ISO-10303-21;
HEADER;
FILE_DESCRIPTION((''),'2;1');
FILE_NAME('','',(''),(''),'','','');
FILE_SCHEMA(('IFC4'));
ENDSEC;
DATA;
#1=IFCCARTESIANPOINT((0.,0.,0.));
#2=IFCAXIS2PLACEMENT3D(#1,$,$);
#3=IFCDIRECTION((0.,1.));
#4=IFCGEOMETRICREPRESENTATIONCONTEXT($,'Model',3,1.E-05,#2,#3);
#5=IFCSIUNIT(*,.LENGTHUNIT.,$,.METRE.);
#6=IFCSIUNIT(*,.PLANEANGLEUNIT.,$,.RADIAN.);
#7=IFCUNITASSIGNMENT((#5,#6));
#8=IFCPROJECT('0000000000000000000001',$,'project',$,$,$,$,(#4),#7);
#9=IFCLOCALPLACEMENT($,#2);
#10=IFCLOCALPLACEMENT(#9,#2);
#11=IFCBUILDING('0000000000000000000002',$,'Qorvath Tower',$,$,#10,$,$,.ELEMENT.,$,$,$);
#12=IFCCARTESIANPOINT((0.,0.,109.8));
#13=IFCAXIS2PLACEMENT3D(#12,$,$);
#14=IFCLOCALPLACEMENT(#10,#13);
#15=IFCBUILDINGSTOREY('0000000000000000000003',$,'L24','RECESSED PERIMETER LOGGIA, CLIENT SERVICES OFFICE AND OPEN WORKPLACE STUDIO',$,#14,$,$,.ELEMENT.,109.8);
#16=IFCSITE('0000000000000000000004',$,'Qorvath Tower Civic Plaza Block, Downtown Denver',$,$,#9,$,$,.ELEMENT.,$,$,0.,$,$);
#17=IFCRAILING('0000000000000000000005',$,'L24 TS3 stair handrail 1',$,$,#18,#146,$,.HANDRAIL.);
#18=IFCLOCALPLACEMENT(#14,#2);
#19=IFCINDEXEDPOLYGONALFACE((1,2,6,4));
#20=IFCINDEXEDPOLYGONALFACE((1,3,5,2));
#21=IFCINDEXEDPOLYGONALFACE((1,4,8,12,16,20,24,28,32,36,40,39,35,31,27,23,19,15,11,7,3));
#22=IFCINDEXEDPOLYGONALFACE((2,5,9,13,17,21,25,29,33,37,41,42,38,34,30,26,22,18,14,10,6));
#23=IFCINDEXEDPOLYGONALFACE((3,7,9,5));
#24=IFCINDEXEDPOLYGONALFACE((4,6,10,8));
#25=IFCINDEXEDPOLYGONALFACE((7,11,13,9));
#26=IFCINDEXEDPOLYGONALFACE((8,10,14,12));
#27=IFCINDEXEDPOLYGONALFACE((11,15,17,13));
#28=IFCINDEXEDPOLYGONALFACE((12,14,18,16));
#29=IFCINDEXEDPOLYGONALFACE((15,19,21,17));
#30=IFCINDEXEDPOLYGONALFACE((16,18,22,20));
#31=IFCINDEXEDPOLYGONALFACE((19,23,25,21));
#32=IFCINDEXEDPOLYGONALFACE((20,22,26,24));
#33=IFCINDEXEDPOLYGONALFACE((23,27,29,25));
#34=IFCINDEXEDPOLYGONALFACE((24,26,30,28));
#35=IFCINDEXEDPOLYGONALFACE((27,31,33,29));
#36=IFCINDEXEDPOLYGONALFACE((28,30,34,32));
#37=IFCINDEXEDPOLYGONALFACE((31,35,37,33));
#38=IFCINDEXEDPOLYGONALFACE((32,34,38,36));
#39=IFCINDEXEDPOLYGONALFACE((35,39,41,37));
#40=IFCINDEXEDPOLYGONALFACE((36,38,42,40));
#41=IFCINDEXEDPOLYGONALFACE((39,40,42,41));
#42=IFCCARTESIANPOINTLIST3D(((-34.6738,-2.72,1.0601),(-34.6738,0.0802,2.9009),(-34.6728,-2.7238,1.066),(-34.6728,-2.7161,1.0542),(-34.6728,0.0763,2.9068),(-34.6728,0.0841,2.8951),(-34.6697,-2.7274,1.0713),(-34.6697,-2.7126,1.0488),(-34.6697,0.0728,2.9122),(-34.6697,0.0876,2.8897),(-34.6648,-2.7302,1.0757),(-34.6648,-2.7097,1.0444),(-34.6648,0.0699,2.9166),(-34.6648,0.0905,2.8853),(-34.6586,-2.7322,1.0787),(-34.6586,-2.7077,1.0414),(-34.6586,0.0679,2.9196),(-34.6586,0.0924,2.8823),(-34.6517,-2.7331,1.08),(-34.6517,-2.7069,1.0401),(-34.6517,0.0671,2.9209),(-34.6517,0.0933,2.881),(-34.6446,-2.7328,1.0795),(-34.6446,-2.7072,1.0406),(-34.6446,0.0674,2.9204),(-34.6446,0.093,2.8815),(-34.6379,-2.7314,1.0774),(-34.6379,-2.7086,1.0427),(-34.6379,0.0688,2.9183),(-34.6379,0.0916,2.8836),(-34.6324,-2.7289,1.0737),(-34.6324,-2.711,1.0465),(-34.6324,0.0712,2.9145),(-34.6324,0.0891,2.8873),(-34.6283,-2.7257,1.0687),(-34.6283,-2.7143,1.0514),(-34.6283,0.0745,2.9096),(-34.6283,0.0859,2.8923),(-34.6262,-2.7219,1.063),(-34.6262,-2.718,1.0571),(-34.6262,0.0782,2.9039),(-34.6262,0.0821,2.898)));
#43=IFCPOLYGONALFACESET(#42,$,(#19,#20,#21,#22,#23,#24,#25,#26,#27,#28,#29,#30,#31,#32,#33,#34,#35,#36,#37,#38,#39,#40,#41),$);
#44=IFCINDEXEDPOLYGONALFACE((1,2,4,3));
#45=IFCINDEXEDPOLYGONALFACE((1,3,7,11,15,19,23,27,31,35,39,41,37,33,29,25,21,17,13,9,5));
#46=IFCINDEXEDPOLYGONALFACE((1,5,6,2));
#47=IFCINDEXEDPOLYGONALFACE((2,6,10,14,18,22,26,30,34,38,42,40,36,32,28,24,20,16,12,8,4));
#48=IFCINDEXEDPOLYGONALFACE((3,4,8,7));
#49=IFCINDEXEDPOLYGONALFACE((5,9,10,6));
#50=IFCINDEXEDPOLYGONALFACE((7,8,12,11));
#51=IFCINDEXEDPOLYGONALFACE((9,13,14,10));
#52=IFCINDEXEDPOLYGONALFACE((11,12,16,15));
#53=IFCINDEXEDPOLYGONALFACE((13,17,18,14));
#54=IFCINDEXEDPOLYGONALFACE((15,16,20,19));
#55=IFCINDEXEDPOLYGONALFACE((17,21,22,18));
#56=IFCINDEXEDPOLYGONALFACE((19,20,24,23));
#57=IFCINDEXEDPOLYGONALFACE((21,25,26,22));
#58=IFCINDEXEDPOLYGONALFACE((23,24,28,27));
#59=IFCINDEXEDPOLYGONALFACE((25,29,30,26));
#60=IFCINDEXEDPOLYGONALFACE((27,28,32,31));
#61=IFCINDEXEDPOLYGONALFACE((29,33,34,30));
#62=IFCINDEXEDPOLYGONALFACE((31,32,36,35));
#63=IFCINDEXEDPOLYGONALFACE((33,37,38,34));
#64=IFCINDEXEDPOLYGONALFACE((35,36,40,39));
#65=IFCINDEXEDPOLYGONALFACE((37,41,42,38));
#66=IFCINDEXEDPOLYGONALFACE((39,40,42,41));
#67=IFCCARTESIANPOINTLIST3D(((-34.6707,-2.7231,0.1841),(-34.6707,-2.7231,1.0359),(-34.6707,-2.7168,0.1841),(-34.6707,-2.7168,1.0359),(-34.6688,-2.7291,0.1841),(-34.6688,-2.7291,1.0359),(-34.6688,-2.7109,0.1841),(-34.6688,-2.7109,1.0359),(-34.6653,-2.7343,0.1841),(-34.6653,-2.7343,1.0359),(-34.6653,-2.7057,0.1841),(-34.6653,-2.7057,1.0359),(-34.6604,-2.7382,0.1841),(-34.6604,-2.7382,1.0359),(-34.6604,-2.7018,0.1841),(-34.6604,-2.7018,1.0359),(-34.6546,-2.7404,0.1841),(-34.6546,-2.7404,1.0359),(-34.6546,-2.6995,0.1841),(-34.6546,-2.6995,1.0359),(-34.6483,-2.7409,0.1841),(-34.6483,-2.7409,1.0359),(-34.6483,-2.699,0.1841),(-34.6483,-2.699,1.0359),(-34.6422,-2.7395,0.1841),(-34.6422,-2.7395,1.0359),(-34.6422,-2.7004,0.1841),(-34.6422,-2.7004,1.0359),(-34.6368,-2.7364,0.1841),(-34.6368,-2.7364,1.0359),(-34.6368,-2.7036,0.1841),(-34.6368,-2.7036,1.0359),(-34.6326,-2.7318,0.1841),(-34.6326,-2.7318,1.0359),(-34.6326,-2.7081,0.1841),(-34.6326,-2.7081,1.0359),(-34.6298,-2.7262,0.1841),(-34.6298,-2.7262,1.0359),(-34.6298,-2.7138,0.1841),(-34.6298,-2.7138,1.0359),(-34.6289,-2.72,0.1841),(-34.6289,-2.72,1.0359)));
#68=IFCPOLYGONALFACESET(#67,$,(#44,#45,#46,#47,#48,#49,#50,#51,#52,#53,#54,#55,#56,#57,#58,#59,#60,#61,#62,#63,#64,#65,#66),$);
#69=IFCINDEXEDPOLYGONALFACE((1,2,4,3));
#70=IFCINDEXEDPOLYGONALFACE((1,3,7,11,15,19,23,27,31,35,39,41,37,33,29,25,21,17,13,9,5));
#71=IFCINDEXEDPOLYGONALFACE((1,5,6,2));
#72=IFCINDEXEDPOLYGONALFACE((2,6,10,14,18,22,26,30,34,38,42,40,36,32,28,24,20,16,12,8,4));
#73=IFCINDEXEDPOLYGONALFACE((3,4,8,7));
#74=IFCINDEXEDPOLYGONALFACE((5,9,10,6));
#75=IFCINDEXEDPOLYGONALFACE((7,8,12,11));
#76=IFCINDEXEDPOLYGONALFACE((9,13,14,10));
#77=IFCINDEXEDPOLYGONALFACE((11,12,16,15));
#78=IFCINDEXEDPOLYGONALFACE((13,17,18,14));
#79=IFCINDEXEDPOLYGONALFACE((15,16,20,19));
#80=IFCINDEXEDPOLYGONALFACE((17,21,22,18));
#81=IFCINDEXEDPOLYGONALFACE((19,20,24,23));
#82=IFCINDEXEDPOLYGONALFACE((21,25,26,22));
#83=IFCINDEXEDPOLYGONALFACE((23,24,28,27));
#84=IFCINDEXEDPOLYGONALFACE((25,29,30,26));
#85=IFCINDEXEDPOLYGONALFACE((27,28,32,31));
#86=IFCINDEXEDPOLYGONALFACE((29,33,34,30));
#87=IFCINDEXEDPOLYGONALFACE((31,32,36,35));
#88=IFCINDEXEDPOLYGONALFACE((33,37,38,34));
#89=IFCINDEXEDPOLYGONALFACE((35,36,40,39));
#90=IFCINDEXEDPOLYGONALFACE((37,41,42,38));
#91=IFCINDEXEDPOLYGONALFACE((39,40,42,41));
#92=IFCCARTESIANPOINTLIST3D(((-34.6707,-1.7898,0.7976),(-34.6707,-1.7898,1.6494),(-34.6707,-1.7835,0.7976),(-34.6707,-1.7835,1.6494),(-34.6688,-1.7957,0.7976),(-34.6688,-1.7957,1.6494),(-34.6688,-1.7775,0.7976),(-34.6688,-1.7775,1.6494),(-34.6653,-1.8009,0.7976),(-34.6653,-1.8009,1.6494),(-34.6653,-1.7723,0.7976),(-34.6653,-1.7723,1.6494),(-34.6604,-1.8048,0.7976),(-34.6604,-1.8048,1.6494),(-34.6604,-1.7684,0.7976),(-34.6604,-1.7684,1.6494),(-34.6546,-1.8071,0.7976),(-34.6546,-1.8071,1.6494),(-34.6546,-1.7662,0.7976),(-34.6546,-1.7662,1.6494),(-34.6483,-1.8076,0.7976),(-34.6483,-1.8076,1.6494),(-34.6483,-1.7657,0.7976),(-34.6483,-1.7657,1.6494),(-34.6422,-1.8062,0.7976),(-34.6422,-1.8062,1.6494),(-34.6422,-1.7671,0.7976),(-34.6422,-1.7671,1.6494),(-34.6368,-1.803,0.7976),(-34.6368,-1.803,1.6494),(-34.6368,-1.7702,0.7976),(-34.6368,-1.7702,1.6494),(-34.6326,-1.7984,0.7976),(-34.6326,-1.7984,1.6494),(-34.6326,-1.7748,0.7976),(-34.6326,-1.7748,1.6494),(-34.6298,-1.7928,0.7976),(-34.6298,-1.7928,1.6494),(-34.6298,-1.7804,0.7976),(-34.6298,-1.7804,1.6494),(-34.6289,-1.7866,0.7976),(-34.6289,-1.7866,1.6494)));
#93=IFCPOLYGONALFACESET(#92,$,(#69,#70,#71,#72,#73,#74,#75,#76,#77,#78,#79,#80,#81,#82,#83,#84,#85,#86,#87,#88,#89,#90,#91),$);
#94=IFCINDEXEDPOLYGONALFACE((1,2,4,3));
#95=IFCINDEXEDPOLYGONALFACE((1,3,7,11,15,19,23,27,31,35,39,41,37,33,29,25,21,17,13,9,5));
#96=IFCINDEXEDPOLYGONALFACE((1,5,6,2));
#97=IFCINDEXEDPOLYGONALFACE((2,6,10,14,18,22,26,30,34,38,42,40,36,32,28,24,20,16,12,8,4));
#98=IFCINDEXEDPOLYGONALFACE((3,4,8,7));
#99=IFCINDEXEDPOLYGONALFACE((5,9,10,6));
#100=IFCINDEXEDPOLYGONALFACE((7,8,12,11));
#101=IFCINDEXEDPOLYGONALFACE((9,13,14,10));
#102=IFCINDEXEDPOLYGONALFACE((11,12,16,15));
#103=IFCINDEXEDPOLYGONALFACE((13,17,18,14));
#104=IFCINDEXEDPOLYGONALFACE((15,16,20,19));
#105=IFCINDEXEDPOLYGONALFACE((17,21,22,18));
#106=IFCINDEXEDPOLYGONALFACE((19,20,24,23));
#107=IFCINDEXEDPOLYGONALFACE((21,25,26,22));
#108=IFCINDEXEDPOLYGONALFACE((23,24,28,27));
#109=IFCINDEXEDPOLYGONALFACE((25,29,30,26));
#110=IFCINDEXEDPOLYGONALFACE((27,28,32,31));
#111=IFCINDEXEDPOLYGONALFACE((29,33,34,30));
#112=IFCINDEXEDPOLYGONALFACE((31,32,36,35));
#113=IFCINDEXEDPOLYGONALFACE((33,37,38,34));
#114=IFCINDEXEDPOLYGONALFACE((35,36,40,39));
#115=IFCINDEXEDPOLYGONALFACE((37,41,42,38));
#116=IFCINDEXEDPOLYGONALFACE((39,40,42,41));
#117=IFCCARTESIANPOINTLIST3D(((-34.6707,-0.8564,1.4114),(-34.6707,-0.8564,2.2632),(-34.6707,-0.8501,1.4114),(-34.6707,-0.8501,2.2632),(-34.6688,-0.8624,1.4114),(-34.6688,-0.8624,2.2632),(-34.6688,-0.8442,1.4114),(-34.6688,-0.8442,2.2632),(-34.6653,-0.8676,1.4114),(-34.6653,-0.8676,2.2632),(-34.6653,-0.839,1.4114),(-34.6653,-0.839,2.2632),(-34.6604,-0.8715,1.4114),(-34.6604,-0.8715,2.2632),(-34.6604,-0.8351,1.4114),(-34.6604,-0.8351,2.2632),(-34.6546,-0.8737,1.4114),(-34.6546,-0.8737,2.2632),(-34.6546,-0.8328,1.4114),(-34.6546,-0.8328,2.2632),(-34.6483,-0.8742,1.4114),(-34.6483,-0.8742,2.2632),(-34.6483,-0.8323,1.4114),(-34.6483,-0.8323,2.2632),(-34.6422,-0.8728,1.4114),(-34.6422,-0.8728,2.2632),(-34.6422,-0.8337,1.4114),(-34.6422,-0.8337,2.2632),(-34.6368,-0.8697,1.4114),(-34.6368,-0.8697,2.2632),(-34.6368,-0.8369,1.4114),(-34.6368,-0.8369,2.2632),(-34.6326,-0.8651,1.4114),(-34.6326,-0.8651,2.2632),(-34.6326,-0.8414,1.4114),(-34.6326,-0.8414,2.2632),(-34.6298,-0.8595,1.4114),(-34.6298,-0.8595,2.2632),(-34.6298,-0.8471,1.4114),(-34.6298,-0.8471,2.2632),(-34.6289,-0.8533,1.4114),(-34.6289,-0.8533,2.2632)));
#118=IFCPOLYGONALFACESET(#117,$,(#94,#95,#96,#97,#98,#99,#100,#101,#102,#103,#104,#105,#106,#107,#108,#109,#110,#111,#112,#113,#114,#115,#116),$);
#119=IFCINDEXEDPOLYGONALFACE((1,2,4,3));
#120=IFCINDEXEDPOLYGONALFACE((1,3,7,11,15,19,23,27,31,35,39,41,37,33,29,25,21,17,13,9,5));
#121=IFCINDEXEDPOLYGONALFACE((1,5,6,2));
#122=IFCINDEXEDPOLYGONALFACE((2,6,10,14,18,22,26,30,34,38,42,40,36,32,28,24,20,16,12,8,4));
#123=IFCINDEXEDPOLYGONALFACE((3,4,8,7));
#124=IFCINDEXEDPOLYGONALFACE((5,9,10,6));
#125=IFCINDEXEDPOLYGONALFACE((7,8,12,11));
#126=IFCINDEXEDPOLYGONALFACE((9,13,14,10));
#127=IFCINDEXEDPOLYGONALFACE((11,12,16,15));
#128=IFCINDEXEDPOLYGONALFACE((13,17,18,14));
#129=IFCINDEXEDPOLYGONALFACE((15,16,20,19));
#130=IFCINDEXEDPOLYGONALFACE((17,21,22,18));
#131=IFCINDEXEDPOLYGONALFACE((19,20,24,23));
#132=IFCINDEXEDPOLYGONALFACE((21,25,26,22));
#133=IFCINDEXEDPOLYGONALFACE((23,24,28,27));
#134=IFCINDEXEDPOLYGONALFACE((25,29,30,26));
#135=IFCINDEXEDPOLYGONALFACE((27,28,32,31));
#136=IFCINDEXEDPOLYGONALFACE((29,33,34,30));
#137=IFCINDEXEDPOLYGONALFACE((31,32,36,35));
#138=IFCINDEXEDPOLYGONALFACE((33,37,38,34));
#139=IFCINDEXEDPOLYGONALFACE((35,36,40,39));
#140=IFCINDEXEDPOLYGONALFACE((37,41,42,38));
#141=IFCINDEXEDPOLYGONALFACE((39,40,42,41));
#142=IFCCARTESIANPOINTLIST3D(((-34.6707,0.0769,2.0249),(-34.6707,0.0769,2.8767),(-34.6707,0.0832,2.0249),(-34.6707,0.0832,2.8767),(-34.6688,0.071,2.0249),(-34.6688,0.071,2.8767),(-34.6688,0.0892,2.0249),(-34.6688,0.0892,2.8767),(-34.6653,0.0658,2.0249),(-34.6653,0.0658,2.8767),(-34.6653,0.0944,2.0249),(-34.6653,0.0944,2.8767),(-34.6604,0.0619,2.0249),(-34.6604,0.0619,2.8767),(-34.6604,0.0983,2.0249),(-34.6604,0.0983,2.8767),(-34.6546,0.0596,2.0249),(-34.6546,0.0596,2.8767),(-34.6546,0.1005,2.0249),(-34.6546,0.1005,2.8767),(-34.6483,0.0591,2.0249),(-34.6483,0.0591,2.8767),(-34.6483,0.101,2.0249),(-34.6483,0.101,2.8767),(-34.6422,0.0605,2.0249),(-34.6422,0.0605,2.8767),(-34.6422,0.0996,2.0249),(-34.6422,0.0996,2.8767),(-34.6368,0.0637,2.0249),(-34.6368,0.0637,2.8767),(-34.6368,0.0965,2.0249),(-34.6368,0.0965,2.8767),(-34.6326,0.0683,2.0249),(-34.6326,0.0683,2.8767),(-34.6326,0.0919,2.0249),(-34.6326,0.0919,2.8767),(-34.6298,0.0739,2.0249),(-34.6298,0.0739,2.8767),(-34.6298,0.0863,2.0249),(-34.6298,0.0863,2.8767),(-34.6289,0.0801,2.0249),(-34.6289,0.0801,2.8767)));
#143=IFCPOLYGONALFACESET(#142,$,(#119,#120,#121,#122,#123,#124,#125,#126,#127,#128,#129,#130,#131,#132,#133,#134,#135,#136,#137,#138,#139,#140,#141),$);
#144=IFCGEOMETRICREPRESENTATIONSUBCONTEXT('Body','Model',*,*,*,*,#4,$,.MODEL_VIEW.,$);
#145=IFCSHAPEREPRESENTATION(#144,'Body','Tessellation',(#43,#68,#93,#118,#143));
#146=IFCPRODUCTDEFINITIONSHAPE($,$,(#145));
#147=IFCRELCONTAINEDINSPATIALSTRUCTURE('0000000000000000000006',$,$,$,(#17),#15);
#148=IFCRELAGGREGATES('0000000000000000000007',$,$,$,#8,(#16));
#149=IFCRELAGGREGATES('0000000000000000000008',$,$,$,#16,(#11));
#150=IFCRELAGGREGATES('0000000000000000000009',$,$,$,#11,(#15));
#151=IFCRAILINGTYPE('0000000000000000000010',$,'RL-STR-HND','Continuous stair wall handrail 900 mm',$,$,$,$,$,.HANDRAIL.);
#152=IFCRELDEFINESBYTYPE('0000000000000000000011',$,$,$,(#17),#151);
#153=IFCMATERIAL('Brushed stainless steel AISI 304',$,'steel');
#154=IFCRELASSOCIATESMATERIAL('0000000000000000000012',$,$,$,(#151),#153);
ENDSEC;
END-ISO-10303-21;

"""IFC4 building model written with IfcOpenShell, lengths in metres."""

from ifc_helpers import new_model, si_unit, direction, frame, origin, origin_2d, place, context, subcontext, project, spatial, circle, extrude, material, type_object, element, save


model = new_model("IFC4")

# Units and contexts
model_context = context("Model", 3, precision=1e-05, world=origin(), true_north=direction((0.0, 1.0)))
body_context = subcontext(model_context, "Body", "Model", "MODEL_VIEW")
ifc_project = project(units=[si_unit("LENGTHUNIT", "METRE"), si_unit("PLANEANGLEUNIT", "RADIAN")], contexts=[model_context])

# Site, building, storey
site_placement = place(None, origin())
site = spatial("IfcSite", under=ifc_project, at=site_placement, Name="Qorvath Tower Civic Plaza Block, Downtown Denver", CompositionType="ELEMENT", RefElevation=0.0)
building_placement = place(site_placement, origin())
building = spatial("IfcBuilding", under=site, at=building_placement, Name="Qorvath Tower", CompositionType="ELEMENT")
storey_placement = place(building_placement, frame((0.0, 0.0, 109.8)))
storey = spatial("IfcBuildingStorey", under=building, at=storey_placement, Name="L24", Description="RECESSED PERIMETER LOGGIA, CLIENT SERVICES OFFICE AND OPEN WORKPLACE STUDIO", CompositionType="ELEMENT", Elevation=109.8)

# Railing
ifc_material_1 = material(Name="Brushed stainless steel AISI 304", Category="steel")
railing_type_1 = type_object("IfcRailingType", Name="RL-STR-HND", Description="Continuous stair wall handrail 900 mm", PredefinedType="HANDRAIL", material=ifc_material_1)
railing_1_placement = place(storey_placement, frame((-34.6499, -2.72, 0.1841)))
element("IfcRailing", 1, at=railing_1_placement, inside=storey, type_object=railing_type_1, Name="L24 TS3 stair handrail 1", PredefinedType="HANDRAIL", context=body_context, shape_type="SweptSolid", body=[
    extrude(circle(Radius=0.0239, at=origin_2d()), frame((0.0, 0.0, 0.876), z_axis=(0.0, 0.835598, 0.549342), x_axis=(-1.0, 0.0, 0.0)), (0.0, 0.0, 1.0), 3.3511),
    extrude(circle(Radius=0.021, at=origin_2d()), origin(), (0.0, 0.0, 1.0), 0.8518),
    extrude(circle(Radius=0.021, at=origin_2d()), frame((0.0, 0.9333, 0.6135)), (0.0, 0.0, 1.0), 0.8518),
    extrude(circle(Radius=0.021, at=origin_2d()), frame((0.0, 1.8667, 1.2273)), (0.0, 0.0, 1.0), 0.8518),
    extrude(circle(Radius=0.021, at=origin_2d()), frame((0.0, 2.8, 1.8408)), (0.0, 0.0, 1.0), 0.8518),
])

save(model, "model.ifc")
